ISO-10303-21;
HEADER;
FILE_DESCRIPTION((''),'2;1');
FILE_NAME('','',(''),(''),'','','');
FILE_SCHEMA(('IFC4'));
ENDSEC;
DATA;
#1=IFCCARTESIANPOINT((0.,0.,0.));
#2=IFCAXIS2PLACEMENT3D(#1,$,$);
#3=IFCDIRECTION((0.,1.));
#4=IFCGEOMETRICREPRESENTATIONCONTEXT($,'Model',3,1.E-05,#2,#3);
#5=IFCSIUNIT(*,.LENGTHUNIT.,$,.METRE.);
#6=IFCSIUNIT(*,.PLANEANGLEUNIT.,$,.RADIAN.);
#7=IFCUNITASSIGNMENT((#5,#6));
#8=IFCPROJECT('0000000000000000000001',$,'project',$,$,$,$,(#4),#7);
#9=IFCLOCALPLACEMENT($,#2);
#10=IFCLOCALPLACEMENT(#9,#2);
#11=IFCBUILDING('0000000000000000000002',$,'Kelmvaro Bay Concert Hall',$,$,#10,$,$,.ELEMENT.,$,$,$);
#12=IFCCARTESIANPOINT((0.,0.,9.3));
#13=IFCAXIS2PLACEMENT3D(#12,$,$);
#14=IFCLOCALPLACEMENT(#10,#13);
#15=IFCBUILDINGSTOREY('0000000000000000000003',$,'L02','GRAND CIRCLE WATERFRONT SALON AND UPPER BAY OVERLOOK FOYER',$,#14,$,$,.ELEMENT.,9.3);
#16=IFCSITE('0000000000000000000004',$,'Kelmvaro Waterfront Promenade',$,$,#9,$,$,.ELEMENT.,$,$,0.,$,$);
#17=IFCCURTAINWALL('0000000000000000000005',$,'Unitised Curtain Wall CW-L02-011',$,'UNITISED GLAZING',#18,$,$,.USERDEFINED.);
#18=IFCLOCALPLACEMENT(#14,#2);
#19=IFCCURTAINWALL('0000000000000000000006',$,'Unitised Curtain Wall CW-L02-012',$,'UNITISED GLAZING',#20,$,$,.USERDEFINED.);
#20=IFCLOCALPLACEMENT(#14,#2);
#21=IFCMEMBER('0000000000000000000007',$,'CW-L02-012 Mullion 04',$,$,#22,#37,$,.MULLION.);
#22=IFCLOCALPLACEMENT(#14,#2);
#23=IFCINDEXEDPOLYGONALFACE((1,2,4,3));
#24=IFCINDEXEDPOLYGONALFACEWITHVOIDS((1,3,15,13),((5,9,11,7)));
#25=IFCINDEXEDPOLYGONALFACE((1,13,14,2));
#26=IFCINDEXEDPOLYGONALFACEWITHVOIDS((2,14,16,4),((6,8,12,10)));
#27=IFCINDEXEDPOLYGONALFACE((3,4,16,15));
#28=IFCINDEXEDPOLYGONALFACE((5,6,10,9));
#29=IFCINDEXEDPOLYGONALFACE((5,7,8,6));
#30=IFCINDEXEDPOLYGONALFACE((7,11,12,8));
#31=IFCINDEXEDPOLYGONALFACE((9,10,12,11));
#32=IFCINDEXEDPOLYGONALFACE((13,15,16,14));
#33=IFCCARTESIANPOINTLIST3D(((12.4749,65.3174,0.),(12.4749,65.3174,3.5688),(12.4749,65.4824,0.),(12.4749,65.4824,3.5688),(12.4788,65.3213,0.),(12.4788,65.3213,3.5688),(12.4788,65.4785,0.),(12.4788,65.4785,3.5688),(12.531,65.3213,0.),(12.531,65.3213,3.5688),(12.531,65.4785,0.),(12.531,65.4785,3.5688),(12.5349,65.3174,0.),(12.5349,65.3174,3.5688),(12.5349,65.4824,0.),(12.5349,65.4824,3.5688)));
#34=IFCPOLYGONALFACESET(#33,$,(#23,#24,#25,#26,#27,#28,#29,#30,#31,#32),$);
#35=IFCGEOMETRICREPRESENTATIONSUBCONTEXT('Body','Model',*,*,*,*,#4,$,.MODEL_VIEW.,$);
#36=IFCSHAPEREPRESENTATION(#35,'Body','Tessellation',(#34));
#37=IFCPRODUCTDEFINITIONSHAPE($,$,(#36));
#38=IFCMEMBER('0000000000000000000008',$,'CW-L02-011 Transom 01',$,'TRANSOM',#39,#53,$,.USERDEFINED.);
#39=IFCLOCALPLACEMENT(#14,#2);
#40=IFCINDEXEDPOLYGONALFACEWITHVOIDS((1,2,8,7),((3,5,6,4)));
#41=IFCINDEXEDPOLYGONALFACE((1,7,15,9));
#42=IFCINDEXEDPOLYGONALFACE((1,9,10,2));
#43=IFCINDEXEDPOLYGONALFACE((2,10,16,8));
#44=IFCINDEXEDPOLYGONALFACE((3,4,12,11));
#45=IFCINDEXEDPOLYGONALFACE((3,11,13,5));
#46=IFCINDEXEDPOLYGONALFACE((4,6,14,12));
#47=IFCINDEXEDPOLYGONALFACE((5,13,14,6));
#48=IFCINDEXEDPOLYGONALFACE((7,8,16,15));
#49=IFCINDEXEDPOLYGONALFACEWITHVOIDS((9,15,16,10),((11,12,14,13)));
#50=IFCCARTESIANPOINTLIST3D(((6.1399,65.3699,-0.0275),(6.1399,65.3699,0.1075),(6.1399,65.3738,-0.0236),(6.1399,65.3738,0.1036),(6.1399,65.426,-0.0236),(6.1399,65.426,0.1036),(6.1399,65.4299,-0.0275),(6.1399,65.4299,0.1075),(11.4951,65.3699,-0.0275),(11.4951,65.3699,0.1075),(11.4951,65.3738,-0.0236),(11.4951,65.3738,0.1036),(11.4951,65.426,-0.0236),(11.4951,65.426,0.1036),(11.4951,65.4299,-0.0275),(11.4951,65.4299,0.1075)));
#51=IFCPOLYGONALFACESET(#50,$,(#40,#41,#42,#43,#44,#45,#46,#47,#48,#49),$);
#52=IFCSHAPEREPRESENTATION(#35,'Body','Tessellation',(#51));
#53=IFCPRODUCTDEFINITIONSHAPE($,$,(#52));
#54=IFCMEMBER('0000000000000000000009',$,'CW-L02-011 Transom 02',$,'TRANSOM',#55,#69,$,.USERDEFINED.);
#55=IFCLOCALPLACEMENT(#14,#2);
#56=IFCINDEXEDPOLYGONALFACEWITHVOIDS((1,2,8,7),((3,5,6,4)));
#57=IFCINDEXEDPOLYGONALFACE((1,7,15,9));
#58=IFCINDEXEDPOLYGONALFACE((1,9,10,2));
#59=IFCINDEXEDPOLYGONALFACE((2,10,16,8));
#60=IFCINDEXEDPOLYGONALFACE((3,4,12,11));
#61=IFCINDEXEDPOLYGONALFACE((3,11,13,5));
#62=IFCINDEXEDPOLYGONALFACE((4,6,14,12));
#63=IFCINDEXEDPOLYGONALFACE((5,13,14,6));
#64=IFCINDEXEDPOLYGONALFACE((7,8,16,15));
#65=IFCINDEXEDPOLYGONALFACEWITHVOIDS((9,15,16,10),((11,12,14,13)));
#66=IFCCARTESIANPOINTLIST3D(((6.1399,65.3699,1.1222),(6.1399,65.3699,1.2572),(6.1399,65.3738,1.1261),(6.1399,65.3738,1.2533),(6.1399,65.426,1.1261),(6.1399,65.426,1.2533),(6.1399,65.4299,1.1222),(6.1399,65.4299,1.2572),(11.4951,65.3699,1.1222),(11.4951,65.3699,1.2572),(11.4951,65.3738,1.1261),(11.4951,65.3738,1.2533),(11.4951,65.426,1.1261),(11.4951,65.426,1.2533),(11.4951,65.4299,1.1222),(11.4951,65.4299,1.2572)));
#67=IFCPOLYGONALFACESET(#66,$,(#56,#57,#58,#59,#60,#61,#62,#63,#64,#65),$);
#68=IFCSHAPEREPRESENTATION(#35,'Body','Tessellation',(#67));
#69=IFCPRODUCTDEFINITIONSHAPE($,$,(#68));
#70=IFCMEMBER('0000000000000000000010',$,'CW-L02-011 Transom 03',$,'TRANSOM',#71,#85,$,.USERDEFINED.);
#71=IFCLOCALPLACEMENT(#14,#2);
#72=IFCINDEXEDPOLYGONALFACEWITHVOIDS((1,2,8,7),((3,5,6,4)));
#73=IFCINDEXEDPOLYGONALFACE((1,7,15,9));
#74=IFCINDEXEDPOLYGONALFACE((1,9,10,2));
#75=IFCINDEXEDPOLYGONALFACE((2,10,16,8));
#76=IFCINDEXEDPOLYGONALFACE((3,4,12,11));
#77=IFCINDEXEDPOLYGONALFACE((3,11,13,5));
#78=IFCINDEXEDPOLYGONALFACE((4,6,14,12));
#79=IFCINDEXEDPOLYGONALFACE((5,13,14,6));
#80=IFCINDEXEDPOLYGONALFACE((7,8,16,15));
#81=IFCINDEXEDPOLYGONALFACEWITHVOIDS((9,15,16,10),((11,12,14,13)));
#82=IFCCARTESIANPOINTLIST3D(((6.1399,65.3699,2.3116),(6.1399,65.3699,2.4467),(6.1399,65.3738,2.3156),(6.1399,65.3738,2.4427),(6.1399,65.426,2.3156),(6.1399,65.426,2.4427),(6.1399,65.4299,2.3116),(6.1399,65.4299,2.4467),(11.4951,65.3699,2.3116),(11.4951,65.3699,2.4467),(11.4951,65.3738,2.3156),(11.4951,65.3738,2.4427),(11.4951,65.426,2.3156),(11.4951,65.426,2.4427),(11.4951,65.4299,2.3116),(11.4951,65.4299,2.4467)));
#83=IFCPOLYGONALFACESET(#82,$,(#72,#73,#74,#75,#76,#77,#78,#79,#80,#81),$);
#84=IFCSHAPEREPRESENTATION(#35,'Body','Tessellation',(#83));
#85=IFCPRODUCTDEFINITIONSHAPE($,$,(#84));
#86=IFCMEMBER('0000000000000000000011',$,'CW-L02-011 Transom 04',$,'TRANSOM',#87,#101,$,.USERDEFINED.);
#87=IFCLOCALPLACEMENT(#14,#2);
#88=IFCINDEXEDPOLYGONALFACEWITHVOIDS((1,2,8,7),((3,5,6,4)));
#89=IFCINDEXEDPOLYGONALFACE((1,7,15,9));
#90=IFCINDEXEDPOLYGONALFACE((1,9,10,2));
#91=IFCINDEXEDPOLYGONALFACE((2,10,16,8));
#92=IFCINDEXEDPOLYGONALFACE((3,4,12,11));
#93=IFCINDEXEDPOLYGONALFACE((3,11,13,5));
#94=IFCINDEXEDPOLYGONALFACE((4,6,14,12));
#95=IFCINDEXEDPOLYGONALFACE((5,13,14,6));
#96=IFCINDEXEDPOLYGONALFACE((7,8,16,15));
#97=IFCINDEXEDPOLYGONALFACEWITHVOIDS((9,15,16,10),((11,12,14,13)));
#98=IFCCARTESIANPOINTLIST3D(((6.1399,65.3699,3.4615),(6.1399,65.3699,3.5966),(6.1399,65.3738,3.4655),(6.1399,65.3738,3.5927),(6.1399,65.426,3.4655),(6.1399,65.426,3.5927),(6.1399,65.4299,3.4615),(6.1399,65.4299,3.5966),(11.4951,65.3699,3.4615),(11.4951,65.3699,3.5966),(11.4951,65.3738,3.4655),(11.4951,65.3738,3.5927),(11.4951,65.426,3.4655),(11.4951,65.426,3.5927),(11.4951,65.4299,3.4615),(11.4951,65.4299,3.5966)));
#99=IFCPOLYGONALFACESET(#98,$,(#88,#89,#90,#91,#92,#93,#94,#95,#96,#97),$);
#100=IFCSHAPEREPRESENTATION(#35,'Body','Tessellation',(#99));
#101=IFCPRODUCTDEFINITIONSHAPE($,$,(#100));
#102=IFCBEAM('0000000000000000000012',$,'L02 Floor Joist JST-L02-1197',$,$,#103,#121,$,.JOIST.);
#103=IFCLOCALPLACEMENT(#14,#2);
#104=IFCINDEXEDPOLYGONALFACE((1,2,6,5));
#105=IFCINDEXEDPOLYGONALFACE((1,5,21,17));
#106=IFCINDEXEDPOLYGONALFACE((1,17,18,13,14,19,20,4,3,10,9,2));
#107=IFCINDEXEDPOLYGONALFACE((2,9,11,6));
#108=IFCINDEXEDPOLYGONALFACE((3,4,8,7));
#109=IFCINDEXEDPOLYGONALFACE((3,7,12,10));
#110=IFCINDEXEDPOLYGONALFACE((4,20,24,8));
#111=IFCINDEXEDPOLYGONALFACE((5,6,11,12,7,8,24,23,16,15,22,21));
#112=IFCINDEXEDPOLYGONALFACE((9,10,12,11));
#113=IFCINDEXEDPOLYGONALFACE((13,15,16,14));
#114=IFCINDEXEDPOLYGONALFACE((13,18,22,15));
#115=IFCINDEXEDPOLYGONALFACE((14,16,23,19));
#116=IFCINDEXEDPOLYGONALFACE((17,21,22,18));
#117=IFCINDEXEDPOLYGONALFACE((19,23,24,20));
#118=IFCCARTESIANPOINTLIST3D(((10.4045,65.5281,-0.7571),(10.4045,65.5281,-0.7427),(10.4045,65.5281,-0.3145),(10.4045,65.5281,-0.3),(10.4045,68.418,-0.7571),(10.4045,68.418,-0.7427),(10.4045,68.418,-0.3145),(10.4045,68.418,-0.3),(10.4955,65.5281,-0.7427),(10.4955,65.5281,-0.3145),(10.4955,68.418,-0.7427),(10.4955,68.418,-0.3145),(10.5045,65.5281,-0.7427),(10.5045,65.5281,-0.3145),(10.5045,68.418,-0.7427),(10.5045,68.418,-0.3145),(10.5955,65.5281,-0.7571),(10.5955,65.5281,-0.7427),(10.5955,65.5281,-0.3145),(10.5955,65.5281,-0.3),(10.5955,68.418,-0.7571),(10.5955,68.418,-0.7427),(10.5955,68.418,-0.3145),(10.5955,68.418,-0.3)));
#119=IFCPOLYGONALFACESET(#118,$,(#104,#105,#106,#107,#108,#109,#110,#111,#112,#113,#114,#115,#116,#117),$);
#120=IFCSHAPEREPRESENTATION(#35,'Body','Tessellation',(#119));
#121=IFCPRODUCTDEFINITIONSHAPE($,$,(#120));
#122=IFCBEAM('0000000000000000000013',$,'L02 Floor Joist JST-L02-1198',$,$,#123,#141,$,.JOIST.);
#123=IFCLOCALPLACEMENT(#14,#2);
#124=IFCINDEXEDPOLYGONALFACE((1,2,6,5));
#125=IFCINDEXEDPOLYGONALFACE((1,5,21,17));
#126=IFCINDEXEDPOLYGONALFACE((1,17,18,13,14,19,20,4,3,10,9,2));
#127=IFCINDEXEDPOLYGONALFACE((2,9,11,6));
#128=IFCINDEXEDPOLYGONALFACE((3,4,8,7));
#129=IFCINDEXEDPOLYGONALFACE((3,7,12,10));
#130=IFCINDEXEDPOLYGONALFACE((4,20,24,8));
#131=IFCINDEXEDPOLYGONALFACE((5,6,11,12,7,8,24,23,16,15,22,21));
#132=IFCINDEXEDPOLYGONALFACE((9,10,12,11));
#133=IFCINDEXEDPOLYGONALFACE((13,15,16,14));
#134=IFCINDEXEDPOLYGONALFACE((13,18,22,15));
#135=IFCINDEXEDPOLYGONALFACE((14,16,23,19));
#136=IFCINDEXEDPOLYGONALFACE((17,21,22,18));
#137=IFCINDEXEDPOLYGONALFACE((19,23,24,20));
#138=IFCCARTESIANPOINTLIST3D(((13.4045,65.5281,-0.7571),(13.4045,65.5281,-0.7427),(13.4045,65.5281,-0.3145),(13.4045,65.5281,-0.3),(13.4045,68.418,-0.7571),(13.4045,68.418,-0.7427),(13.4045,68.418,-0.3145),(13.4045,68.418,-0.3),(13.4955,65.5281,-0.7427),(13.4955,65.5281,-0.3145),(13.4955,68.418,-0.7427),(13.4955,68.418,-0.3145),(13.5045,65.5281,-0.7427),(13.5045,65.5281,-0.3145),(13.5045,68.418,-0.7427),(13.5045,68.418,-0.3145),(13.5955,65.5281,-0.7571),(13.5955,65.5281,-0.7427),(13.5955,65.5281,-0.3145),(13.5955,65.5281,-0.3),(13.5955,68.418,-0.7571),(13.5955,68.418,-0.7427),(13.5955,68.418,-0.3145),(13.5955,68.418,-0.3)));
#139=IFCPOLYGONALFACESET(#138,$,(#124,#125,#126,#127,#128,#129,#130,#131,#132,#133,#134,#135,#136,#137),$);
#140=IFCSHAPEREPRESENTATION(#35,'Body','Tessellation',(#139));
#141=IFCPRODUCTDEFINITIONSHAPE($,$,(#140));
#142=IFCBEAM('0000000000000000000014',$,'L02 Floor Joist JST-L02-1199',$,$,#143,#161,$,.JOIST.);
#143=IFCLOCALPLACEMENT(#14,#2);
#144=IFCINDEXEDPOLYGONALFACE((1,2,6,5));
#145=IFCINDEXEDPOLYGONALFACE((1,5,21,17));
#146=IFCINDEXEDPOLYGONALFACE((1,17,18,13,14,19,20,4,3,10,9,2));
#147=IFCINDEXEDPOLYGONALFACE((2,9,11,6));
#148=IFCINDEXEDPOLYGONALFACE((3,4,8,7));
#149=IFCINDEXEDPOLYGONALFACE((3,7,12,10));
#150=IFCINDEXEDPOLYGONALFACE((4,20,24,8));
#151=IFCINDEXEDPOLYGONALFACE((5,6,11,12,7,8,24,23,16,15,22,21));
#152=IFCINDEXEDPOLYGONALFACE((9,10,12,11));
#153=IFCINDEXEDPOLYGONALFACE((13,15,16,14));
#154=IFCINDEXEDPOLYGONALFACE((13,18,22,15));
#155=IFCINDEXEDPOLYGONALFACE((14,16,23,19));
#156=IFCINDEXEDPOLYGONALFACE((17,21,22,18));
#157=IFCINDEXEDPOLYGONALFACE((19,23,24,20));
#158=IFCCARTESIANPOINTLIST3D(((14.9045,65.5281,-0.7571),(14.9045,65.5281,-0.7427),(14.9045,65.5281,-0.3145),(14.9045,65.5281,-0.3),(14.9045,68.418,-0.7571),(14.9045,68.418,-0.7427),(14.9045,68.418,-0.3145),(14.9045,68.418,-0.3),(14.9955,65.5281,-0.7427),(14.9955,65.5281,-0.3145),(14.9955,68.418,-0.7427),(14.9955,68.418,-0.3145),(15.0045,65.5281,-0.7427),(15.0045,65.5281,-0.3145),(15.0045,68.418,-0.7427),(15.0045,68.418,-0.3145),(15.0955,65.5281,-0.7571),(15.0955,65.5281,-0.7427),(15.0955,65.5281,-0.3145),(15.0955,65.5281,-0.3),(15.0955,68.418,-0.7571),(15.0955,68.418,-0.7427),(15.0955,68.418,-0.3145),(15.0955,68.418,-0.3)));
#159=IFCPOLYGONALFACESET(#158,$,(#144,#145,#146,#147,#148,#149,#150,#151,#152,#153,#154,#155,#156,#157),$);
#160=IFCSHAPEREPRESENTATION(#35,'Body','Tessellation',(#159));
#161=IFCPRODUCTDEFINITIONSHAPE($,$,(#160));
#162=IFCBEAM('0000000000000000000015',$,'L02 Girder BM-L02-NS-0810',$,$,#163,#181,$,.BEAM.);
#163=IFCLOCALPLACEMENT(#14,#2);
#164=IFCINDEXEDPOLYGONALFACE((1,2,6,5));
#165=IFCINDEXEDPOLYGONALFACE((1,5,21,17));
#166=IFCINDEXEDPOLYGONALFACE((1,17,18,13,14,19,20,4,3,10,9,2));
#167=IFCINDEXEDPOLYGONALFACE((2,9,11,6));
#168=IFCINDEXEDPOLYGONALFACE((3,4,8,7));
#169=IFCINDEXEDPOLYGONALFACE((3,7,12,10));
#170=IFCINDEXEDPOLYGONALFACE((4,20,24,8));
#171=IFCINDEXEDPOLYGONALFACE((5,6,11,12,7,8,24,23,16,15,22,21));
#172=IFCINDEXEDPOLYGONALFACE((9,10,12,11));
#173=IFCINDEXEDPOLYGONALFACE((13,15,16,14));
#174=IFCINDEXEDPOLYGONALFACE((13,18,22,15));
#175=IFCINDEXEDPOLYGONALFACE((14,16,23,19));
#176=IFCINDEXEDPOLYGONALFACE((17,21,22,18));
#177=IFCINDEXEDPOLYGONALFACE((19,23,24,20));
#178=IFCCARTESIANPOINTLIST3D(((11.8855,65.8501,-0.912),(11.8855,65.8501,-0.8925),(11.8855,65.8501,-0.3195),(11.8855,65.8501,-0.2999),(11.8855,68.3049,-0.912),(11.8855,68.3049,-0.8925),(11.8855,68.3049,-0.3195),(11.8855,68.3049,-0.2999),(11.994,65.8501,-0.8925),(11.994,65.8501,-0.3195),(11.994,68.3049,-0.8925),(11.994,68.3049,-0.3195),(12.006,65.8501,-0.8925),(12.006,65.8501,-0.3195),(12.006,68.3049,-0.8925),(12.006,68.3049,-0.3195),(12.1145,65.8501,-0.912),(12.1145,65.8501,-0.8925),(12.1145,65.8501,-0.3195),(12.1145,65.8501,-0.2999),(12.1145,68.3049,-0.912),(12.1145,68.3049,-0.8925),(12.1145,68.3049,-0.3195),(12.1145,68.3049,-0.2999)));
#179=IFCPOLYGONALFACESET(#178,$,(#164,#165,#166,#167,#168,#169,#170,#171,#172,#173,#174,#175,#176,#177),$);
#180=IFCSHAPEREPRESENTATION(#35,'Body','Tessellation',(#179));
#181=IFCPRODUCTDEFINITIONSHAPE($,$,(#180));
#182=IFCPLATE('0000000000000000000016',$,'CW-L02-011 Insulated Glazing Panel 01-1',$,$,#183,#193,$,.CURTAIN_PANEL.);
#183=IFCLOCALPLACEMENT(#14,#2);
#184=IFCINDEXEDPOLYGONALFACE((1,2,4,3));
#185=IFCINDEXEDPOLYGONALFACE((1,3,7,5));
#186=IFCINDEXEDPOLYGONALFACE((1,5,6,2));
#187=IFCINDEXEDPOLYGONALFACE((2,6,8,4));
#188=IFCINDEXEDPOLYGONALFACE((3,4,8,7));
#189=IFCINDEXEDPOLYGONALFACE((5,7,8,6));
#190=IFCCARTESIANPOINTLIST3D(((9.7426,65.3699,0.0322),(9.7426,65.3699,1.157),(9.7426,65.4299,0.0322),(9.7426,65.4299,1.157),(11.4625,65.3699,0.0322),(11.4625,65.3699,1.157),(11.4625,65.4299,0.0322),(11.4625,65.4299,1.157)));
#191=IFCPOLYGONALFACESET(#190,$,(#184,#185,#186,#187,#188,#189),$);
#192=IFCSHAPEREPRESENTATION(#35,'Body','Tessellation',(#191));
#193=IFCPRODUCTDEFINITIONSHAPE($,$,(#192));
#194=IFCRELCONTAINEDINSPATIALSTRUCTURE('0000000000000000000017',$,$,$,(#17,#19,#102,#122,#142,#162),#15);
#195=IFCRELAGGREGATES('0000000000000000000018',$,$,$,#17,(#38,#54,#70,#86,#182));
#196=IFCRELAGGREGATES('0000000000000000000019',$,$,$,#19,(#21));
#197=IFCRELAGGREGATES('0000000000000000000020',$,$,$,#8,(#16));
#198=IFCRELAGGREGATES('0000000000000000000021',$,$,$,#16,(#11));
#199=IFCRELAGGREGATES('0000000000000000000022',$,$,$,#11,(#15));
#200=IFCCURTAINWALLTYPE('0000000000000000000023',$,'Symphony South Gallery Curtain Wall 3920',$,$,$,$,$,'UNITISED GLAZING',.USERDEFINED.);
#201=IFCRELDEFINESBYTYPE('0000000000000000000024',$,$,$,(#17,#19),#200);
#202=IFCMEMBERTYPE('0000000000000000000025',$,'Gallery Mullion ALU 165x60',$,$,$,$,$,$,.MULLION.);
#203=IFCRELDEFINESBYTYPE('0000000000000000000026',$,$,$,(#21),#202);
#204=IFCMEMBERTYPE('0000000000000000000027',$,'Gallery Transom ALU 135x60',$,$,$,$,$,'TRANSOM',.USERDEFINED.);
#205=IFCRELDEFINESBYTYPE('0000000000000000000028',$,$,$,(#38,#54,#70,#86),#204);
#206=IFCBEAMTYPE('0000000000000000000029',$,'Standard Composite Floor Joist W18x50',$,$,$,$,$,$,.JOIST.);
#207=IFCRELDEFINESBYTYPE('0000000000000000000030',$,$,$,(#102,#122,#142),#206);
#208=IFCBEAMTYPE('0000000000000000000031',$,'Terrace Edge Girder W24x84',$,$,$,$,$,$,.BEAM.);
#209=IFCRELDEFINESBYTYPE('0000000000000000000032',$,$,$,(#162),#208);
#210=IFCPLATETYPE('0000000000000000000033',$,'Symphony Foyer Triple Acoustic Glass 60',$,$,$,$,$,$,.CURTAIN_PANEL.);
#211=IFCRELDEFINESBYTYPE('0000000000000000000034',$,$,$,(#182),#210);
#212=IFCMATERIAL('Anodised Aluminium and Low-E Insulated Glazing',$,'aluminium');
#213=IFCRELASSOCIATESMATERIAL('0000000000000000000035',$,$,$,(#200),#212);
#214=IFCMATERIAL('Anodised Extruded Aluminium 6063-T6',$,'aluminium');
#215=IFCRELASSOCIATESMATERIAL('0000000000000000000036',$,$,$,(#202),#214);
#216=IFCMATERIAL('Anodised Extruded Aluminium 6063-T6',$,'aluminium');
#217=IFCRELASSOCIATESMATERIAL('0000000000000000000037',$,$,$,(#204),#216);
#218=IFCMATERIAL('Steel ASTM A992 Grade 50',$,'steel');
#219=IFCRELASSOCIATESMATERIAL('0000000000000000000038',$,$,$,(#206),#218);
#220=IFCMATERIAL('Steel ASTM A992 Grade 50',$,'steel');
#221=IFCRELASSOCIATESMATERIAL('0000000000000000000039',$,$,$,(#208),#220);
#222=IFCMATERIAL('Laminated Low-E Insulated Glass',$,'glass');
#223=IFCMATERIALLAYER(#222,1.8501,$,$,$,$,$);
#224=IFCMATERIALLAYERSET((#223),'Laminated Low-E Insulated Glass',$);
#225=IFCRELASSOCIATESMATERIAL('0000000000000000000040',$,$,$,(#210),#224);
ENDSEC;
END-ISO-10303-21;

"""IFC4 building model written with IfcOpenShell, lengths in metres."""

from ifc_helpers import new_model, si_unit, direction, frame, origin, origin_2d, place, context, subcontext, project, spatial, rectangle, hollow_rectangle, i_section, extrude, material, layer, layer_set, material_profile, profile_set, type_object, element, aggregate, save


model = new_model("IFC4")

# Units and contexts
model_context = context("Model", 3, precision=1e-05, world=origin(), true_north=direction((0.0, 1.0)))
body_context = subcontext(model_context, "Body", "Model", "MODEL_VIEW")
ifc_project = project(units=[si_unit("LENGTHUNIT", "METRE"), si_unit("PLANEANGLEUNIT", "RADIAN")], contexts=[model_context])

# Site, building, storey
site_placement = place(None, origin())
site = spatial("IfcSite", under=ifc_project, at=site_placement, Name="Kelmvaro Waterfront Promenade", CompositionType="ELEMENT", RefElevation=0.0)
building_placement = place(site_placement, origin())
building = spatial("IfcBuilding", under=site, at=building_placement, Name="Kelmvaro Bay Concert Hall", CompositionType="ELEMENT")
storey_placement = place(building_placement, frame((0.0, 0.0, 9.3)))
storey = spatial("IfcBuildingStorey", under=building, at=storey_placement, Name="L02", Description="GRAND CIRCLE WATERFRONT SALON AND UPPER BAY OVERLOOK FOYER", CompositionType="ELEMENT", Elevation=9.3)

# Curtain wall
ifc_material_1 = material(Name="Anodised Aluminium and Low-E Insulated Glazing", Category="aluminium")
curtain_wall_type = type_object("IfcCurtainWallType", Name="Symphony South Gallery Curtain Wall 3920", ElementType="UNITISED GLAZING", PredefinedType="USERDEFINED", material=ifc_material_1)
curtain_wall_1_placement = place(storey_placement, origin())
curtain_wall_1 = element("IfcCurtainWall", 1, at=curtain_wall_1_placement, inside=storey, type_object=curtain_wall_type, Name="Unitised Curtain Wall CW-L02-011", ObjectType="UNITISED GLAZING", PredefinedType="USERDEFINED")
ifc_material_2 = material(Name="Anodised Extruded Aluminium 6063-T6", Category="aluminium")
ifc_material_profile_1 = material_profile(ifc_material_2, hollow_rectangle(XDim=0.0601, YDim=0.165, WallThickness=0.0039, at=origin_2d()), Name="ALU-MUL-165X60")
ifc_profile_set_1 = profile_set([ifc_material_profile_1], Name="Anodised Extruded Aluminium 6063-T6")
member_type_1 = type_object("IfcMemberType", Name="Gallery Mullion ALU 165x60", PredefinedType="MULLION", material=ifc_profile_set_1)

# Curtain wall, member
curtain_wall_2_placement = place(storey_placement, origin())
curtain_wall_2 = element("IfcCurtainWall", 2, at=curtain_wall_2_placement, inside=storey, type_object=curtain_wall_type, Name="Unitised Curtain Wall CW-L02-012", ObjectType="UNITISED GLAZING", PredefinedType="USERDEFINED")
member_1_placement = place(storey_placement, frame((12.5049, 65.3999, 0.0), z_axis=(0.0, 0.0, 1.0), x_axis=(1.0, 0.0, 0.0)))
member_1 = element("IfcMember", 3, at=member_1_placement, type_object=member_type_1, Name="CW-L02-012 Mullion 04", PredefinedType="MULLION", context=body_context, shape_type="SweptSolid", body=[
    extrude(hollow_rectangle(XDim=0.0601, YDim=0.165, WallThickness=0.0039, at=origin_2d()), origin(), (0.0, 0.0, 1.0), 3.5688),
])

# Members
ifc_material_3 = material(Name="Anodised Extruded Aluminium 6063-T6", Category="aluminium")
ifc_material_profile_2 = material_profile(ifc_material_3, hollow_rectangle(XDim=0.0601, YDim=0.135, WallThickness=0.0039, at=origin_2d()), Name="ALU-TRN-135X60")
ifc_profile_set_2 = profile_set([ifc_material_profile_2], Name="Anodised Extruded Aluminium 6063-T6")
member_type_2 = type_object("IfcMemberType", Name="Gallery Transom ALU 135x60", ElementType="TRANSOM", PredefinedType="USERDEFINED", material=ifc_profile_set_2)
member_2_placement = place(storey_placement, frame((11.4951, 65.3999, 0.04), z_axis=(-1.0, 0.0, 0.0), x_axis=(0.0, -1.0, 0.0)))
member_2 = element("IfcMember", 4, at=member_2_placement, type_object=member_type_2, Name="CW-L02-011 Transom 01", ObjectType="TRANSOM", PredefinedType="USERDEFINED", context=body_context, shape_type="SweptSolid", body=[
    extrude(hollow_rectangle(XDim=0.0601, YDim=0.135, WallThickness=0.0039, at=origin_2d()), origin(), (0.0, 0.0, 1.0), 5.3552),
])
member_3_placement = place(storey_placement, frame((11.4951, 65.3999, 1.1897), z_axis=(-1.0, 0.0, 0.0), x_axis=(0.0, -1.0, 0.0)))
member_3 = element("IfcMember", 5, at=member_3_placement, type_object=member_type_2, Name="CW-L02-011 Transom 02", ObjectType="TRANSOM", PredefinedType="USERDEFINED", context=body_context, shape_type="SweptSolid", body=[
    extrude(hollow_rectangle(XDim=0.0601, YDim=0.135, WallThickness=0.0039, at=origin_2d()), origin(), (0.0, 0.0, 1.0), 5.3552),
])
member_4_placement = place(storey_placement, frame((11.4951, 65.3999, 2.3792), z_axis=(-1.0, 0.0, 0.0), x_axis=(0.0, -1.0, 0.0)))
member_4 = element("IfcMember", 6, at=member_4_placement, type_object=member_type_2, Name="CW-L02-011 Transom 03", ObjectType="TRANSOM", PredefinedType="USERDEFINED", context=body_context, shape_type="SweptSolid", body=[
    extrude(hollow_rectangle(XDim=0.0601, YDim=0.135, WallThickness=0.0039, at=origin_2d()), origin(), (0.0, 0.0, 1.0), 5.3552),
])
member_5_placement = place(storey_placement, frame((11.4951, 65.3999, 3.5291), z_axis=(-1.0, 0.0, 0.0), x_axis=(0.0, -1.0, 0.0)))
member_5 = element("IfcMember", 7, at=member_5_placement, type_object=member_type_2, Name="CW-L02-011 Transom 04", ObjectType="TRANSOM", PredefinedType="USERDEFINED", context=body_context, shape_type="SweptSolid", body=[
    extrude(hollow_rectangle(XDim=0.0601, YDim=0.135, WallThickness=0.0039, at=origin_2d()), origin(), (0.0, 0.0, 1.0), 5.3552),
])

# Beams
ifc_material_4 = material(Name="Steel ASTM A992 Grade 50", Category="steel")
ifc_material_profile_3 = material_profile(ifc_material_4, i_section(OverallWidth=0.1909, OverallDepth=0.457, WebThickness=0.009, FlangeThickness=0.0144, at=origin_2d()), Name="W18X50")
ifc_profile_set_3 = profile_set([ifc_material_profile_3], Name="Steel ASTM A992 Grade 50")
beam_type_1 = type_object("IfcBeamType", Name="Standard Composite Floor Joist W18x50", PredefinedType="JOIST", material=ifc_profile_set_3)
for number, where, z_axis, x_axis, name in (
    (8, (10.5, 65.5281, -0.5286), (0.0, 1.0, 0.0), (-1.0, 0.0, 0.0), "L02 Floor Joist JST-L02-1197"),
    (9, (13.5, 65.5281, -0.5286), (0.0, 1.0, 0.0), (-1.0, 0.0, 0.0), "L02 Floor Joist JST-L02-1198"),
    (10, (15.0, 65.5281, -0.5286), (0.0, 1.0, 0.0), (-1.0, 0.0, 0.0), "L02 Floor Joist JST-L02-1199"),
):
    element("IfcBeam", number, at=place(storey_placement, frame(where, z_axis=z_axis, x_axis=x_axis)), inside=storey, type_object=beam_type_1, Name=name, PredefinedType="JOIST", context=body_context, shape_type="SweptSolid", body=[
        extrude(i_section(OverallWidth=0.1909, OverallDepth=0.457, WebThickness=0.009, FlangeThickness=0.0144, at=origin_2d()), origin(), (0.0, 0.0, 1.0), 2.8899),
    ])
ifc_material_5 = material(Name="Steel ASTM A992 Grade 50", Category="steel")
ifc_material_profile_4 = material_profile(ifc_material_5, i_section(OverallWidth=0.229, OverallDepth=0.6121, WebThickness=0.012, FlangeThickness=0.0195, at=origin_2d()), Name="W24X84")
ifc_profile_set_4 = profile_set([ifc_material_profile_4], Name="Steel ASTM A992 Grade 50")
beam_type_2 = type_object("IfcBeamType", Name="Terrace Edge Girder W24x84", PredefinedType="BEAM", material=ifc_profile_set_4)
beam_1_placement = place(storey_placement, frame((12.0, 65.8501, -0.606), z_axis=(0.0, 1.0, 0.0), x_axis=(-1.0, 0.0, 0.0)))
element("IfcBeam", 11, at=beam_1_placement, inside=storey, type_object=beam_type_2, Name="L02 Girder BM-L02-NS-0810", PredefinedType="BEAM", context=body_context, shape_type="SweptSolid", body=[
    extrude(i_section(OverallWidth=0.229, OverallDepth=0.6121, WebThickness=0.012, FlangeThickness=0.0195, at=origin_2d()), origin(), (0.0, 0.0, 1.0), 2.4548),
])

# Plate
ifc_material_6 = material(Name="Laminated Low-E Insulated Glass", Category="glass")
ifc_layer_1 = layer(ifc_material_6, 1.8501)
ifc_layer_set_1 = layer_set([ifc_layer_1], Name="Laminated Low-E Insulated Glass")
plate_type = type_object("IfcPlateType", Name="Symphony Foyer Triple Acoustic Glass 60", PredefinedType="CURTAIN_PANEL", material=ifc_layer_set_1)
plate_1_placement = place(storey_placement, frame((10.6025, 65.3999, 0.0322), z_axis=(0.0, 0.0, 1.0), x_axis=(-1.0, 0.0, 0.0)))
plate_1 = element("IfcPlate", 12, at=plate_1_placement, type_object=plate_type, Name="CW-L02-011 Insulated Glazing Panel 01-1", PredefinedType="CURTAIN_PANEL", context=body_context, shape_type="SweptSolid", body=[
    extrude(rectangle(XDim=1.72, YDim=0.0601, at=origin_2d()), origin(), (0.0, 0.0, 1.0), 1.1248),
])
aggregate(curtain_wall_1, [member_2, member_3, member_4, member_5, plate_1])
aggregate(curtain_wall_2, [member_1])

save(model, "model.ifc")
